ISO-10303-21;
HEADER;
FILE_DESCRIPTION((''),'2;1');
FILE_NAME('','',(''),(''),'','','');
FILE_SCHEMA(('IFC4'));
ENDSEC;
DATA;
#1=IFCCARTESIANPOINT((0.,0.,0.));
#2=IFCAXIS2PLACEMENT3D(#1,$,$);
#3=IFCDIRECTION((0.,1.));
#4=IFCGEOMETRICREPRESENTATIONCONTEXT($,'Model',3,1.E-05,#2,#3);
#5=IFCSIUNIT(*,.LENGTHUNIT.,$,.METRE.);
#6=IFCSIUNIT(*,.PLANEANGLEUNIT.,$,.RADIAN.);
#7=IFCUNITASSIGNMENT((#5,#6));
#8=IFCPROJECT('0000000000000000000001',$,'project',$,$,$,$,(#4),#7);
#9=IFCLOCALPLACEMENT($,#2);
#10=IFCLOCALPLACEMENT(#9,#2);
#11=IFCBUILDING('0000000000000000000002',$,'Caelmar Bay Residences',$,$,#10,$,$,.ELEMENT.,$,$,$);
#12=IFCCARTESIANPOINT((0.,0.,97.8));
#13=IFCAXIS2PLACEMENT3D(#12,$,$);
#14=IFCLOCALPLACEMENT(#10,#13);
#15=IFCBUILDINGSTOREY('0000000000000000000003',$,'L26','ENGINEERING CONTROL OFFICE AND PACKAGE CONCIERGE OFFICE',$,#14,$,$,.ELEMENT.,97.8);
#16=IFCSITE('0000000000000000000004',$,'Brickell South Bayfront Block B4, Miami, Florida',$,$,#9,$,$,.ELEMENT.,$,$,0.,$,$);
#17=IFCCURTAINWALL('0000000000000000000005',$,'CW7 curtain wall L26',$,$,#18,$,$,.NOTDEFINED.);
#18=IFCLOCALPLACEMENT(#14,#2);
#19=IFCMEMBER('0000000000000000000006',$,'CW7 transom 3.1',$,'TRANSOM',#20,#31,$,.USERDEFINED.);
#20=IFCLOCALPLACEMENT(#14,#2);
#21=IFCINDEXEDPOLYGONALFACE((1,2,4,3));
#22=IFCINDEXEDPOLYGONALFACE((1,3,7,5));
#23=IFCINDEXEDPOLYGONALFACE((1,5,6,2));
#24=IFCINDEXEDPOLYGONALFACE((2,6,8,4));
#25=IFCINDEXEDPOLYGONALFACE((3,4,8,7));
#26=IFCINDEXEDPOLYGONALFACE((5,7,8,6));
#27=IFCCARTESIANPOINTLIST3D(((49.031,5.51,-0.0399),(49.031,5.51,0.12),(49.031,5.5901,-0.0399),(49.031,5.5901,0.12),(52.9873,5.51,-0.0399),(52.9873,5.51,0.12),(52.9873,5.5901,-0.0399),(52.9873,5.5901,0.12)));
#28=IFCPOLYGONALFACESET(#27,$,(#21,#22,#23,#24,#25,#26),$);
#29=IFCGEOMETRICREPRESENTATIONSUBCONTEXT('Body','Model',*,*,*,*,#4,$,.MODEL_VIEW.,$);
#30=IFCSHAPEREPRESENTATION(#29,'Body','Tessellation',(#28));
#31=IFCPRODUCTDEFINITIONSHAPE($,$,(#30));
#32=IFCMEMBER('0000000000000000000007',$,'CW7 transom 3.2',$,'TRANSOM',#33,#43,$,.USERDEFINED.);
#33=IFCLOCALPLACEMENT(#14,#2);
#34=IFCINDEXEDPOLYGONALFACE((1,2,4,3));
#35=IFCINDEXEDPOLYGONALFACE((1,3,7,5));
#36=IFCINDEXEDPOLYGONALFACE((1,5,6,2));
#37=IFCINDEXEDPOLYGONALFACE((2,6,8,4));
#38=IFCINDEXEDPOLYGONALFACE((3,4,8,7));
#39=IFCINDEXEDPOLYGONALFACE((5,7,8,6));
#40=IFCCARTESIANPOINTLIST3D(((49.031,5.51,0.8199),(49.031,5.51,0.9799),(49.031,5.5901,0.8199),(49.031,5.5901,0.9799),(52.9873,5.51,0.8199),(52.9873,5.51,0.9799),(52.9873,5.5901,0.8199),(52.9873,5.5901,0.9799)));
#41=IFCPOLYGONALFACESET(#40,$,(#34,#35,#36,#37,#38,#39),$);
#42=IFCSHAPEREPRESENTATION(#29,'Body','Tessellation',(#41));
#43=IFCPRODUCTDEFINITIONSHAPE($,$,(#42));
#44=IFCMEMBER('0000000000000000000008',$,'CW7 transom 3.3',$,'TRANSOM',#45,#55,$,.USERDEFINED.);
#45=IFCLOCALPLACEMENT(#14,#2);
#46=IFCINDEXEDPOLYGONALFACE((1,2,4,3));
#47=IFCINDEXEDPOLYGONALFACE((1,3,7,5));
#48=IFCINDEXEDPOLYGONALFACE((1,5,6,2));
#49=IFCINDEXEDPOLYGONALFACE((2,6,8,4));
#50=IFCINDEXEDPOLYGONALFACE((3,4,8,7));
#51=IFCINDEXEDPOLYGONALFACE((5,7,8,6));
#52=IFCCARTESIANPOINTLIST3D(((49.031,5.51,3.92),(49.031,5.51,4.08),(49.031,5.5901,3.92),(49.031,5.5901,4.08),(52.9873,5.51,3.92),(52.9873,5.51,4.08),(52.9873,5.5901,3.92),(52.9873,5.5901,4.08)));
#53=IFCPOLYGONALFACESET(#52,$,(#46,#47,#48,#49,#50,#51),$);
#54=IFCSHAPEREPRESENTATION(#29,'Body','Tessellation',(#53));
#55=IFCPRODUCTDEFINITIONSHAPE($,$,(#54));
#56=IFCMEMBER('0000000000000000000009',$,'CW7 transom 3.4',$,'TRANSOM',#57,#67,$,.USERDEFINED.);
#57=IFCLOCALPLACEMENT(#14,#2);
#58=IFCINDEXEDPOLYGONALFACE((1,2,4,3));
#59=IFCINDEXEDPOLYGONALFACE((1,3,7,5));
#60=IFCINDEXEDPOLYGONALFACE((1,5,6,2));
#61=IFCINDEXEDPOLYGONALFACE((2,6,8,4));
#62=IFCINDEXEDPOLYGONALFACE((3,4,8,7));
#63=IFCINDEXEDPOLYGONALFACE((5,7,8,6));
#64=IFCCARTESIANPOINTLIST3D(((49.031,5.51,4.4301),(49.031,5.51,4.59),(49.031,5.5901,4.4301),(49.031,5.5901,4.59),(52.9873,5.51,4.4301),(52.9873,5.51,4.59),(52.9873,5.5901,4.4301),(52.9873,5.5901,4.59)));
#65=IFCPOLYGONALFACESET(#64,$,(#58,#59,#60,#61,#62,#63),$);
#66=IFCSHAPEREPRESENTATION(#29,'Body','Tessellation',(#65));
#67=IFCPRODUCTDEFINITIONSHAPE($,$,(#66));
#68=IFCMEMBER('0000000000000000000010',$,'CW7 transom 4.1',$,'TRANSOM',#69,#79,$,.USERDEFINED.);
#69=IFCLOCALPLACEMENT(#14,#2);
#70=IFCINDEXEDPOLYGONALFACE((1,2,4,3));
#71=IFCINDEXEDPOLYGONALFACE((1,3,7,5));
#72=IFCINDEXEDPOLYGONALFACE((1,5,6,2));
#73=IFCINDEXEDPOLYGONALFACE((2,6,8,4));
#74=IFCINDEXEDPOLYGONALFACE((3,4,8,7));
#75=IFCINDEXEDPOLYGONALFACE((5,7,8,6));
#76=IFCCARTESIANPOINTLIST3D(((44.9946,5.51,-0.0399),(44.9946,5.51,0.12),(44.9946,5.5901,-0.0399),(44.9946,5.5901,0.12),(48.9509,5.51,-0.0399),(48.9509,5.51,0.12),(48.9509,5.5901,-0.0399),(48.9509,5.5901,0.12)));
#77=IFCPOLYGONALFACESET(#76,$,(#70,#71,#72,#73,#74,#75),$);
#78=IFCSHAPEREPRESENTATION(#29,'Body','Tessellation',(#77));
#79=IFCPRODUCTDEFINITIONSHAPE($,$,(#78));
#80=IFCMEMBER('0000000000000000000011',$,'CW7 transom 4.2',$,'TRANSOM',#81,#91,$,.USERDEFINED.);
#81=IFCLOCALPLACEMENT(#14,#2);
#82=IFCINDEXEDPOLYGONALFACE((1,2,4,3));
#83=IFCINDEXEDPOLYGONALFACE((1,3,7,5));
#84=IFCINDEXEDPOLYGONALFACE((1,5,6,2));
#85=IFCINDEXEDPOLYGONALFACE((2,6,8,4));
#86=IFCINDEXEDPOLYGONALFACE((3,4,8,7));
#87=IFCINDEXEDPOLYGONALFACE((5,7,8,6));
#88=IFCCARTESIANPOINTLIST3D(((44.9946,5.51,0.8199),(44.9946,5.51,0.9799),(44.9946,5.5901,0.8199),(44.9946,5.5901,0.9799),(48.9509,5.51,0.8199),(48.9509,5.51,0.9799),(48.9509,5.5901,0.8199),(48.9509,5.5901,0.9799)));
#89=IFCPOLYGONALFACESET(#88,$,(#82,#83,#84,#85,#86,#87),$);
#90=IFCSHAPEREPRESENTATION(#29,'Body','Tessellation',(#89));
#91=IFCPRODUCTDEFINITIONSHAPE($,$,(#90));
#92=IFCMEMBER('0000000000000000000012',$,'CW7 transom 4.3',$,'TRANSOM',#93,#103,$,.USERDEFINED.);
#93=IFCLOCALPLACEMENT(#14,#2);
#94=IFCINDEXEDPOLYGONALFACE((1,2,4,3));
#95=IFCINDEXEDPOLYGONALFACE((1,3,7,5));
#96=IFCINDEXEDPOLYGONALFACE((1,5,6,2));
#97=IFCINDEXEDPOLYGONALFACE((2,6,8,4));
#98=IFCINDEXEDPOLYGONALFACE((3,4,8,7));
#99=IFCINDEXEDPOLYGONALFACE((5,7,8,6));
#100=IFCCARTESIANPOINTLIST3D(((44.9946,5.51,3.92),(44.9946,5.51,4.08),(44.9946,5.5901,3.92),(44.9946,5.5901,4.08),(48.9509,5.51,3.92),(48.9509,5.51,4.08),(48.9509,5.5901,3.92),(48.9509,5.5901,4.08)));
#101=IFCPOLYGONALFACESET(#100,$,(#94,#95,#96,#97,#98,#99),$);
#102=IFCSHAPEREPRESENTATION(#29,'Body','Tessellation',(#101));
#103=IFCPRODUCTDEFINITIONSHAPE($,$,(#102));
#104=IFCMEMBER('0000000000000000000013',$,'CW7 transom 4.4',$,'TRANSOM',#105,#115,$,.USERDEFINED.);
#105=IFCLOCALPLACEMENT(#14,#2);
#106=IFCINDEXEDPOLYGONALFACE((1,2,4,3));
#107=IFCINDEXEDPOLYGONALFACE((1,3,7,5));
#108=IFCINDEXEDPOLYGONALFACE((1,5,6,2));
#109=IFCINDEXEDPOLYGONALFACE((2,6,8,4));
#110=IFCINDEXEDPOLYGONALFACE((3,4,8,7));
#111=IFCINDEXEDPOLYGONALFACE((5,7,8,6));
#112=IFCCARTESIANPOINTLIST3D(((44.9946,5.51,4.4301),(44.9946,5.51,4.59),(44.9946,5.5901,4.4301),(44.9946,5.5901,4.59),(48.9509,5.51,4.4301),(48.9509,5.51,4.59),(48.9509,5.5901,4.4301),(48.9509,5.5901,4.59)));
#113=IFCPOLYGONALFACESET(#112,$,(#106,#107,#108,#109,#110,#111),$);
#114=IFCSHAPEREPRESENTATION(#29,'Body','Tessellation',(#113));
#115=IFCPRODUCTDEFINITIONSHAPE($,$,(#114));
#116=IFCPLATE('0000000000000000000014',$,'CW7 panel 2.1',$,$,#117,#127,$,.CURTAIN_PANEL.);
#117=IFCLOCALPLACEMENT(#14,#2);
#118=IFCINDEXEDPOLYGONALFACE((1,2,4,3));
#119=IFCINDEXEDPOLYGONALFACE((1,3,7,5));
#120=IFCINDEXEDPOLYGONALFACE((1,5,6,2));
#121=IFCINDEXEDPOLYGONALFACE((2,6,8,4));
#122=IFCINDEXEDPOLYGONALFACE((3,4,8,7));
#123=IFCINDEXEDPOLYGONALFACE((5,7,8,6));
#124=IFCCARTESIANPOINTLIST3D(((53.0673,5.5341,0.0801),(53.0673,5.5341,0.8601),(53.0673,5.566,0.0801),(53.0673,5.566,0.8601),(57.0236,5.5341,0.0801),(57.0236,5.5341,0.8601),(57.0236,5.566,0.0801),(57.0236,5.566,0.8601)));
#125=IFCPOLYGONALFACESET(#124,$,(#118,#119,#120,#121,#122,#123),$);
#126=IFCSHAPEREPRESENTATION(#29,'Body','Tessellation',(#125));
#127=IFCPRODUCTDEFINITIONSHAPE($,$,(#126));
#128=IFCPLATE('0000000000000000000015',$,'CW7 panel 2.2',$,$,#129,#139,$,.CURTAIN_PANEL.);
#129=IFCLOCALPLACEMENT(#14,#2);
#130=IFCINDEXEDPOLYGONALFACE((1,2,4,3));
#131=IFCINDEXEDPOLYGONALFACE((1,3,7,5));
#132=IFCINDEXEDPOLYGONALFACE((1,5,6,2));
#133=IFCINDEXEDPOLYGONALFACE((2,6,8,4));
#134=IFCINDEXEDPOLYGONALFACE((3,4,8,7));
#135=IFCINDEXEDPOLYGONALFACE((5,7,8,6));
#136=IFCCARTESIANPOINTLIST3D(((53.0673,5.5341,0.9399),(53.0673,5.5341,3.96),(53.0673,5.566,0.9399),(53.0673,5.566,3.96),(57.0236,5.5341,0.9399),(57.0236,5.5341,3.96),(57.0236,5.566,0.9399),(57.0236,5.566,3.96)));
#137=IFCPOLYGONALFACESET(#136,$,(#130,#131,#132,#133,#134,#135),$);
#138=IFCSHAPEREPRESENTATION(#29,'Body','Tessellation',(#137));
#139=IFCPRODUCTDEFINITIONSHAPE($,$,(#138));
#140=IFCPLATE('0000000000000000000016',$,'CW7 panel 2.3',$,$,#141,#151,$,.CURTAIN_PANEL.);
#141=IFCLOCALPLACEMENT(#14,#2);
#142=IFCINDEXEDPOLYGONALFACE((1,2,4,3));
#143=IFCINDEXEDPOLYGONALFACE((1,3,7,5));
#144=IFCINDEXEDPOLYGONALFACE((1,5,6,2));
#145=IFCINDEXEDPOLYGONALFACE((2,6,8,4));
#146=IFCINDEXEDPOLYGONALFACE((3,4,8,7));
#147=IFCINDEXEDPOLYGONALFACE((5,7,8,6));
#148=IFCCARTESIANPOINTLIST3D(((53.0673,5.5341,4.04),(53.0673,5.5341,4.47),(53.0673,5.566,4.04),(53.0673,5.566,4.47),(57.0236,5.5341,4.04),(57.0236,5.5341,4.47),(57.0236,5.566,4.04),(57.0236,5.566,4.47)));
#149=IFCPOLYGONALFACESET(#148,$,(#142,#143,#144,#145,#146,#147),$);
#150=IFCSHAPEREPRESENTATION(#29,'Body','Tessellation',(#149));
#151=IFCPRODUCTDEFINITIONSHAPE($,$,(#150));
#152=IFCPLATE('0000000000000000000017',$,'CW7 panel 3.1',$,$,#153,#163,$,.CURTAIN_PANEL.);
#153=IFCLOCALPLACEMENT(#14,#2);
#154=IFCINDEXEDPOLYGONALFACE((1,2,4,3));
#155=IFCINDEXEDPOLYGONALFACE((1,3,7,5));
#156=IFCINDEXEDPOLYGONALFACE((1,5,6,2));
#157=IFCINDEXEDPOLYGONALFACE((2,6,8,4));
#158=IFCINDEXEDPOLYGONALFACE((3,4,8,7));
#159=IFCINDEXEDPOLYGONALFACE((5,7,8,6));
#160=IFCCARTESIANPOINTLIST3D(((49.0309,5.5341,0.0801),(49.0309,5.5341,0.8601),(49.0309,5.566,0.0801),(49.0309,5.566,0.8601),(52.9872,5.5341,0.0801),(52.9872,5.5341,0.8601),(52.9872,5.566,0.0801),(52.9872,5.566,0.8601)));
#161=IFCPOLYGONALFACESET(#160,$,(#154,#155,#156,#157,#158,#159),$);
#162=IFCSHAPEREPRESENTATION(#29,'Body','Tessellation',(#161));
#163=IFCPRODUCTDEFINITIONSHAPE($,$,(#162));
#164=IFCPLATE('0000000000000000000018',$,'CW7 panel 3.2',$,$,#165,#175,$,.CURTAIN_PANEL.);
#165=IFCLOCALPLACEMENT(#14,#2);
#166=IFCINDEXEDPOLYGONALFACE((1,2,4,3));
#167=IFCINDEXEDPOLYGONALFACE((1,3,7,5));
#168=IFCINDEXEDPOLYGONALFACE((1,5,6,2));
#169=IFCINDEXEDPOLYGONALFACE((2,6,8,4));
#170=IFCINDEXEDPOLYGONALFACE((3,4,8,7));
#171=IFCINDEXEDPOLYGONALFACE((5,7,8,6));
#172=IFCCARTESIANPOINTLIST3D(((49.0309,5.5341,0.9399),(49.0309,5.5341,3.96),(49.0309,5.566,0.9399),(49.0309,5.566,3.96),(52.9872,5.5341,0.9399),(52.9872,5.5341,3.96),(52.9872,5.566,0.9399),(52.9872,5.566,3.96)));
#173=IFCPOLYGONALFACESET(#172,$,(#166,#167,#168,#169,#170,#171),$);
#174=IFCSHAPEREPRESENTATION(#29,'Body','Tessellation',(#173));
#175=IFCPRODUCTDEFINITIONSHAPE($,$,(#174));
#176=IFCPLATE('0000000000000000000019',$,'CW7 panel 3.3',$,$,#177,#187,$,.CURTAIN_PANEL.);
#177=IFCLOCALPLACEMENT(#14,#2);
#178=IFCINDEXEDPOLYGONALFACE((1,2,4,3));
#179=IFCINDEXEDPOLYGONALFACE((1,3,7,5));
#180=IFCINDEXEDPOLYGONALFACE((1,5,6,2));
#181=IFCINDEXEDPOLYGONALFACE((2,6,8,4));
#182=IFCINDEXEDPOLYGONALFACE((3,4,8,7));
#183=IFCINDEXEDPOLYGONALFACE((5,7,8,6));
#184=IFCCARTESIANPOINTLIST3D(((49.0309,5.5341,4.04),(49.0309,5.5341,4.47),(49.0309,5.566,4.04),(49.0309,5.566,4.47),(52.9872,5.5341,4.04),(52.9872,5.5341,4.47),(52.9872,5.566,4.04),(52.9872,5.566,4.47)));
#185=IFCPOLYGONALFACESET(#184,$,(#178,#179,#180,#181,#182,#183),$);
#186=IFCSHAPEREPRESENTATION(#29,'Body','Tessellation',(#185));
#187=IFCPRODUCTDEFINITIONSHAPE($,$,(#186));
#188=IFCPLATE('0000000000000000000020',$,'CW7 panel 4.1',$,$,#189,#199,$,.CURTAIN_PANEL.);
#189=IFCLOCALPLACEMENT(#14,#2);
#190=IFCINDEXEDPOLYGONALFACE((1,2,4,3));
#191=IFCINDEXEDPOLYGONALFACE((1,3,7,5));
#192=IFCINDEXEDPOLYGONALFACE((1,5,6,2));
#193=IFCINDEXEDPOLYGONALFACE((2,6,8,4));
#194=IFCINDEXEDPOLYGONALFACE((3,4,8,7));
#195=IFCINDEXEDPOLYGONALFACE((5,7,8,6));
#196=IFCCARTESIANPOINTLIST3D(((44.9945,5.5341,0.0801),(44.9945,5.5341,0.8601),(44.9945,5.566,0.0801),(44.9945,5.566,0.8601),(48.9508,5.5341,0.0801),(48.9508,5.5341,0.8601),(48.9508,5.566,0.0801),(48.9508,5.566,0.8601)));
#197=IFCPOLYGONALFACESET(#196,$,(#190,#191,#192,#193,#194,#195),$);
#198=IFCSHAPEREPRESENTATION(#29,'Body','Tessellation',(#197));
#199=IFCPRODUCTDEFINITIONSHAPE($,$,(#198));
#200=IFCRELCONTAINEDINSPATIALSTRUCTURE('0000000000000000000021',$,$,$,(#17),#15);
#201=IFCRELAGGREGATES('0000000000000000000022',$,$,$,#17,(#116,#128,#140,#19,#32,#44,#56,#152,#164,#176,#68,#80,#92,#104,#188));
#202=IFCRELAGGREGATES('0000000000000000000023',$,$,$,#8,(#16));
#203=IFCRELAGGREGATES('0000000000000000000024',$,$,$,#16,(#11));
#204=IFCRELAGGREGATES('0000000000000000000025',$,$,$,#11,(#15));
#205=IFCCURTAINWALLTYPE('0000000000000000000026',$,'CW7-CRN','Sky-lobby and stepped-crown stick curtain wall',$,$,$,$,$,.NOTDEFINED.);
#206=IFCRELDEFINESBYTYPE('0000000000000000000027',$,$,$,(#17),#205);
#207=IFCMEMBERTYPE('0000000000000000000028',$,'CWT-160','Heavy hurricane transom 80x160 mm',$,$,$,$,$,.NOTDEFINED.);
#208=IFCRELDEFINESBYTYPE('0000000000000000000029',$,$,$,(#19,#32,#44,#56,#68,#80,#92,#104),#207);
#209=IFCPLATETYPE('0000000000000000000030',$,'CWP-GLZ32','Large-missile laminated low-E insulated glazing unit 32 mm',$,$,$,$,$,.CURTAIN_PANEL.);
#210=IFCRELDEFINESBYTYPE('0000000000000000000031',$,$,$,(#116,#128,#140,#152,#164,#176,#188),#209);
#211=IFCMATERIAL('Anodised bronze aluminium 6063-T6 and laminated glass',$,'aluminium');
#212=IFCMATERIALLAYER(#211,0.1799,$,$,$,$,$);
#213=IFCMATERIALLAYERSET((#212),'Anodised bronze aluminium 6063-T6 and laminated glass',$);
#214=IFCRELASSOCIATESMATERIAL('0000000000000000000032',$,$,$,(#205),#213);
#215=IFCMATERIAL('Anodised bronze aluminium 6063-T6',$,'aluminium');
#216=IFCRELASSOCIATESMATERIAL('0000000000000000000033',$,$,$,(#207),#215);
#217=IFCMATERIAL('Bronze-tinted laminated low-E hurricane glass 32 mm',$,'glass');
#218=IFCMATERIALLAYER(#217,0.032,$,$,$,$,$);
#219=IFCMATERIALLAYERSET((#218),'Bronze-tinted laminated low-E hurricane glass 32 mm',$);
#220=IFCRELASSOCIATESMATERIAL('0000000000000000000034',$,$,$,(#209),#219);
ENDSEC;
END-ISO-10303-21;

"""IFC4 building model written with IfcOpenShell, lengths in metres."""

from ifc_helpers import new_model, si_unit, direction, frame, origin, origin_2d, place, context, subcontext, project, spatial, rectangle, extrude, material, layer, layer_set, material_profile, profile_set, type_object, element, aggregate, save


model = new_model("IFC4")

# Units and contexts
model_context = context("Model", 3, precision=1e-05, world=origin(), true_north=direction((0.0, 1.0)))
body_context = subcontext(model_context, "Body", "Model", "MODEL_VIEW")
ifc_project = project(units=[si_unit("LENGTHUNIT", "METRE"), si_unit("PLANEANGLEUNIT", "RADIAN")], contexts=[model_context])

# Site, building, storey
site_placement = place(None, origin())
site = spatial("IfcSite", under=ifc_project, at=site_placement, Name="Brickell South Bayfront Block B4, Miami, Florida", CompositionType="ELEMENT", RefElevation=0.0)
building_placement = place(site_placement, origin())
building = spatial("IfcBuilding", under=site, at=building_placement, Name="Caelmar Bay Residences", CompositionType="ELEMENT")
storey_placement = place(building_placement, frame((0.0, 0.0, 97.8)))
storey = spatial("IfcBuildingStorey", under=building, at=storey_placement, Name="L26", Description="ENGINEERING CONTROL OFFICE AND PACKAGE CONCIERGE OFFICE", CompositionType="ELEMENT", Elevation=97.8)

# Curtain wall, members, plates
ifc_material_1 = material(Name="Anodised bronze aluminium 6063-T6 and laminated glass", Category="aluminium")
ifc_layer_1 = layer(ifc_material_1, 0.1799)
ifc_layer_set_1 = layer_set([ifc_layer_1], Name="Anodised bronze aluminium 6063-T6 and laminated glass")
curtain_wall_type = type_object("IfcCurtainWallType", Name="CW7-CRN", Description="Sky-lobby and stepped-crown stick curtain wall", PredefinedType="NOTDEFINED", material=ifc_layer_set_1)
curtain_wall_placement = place(storey_placement, origin())
curtain_wall = element("IfcCurtainWall", 1, at=curtain_wall_placement, inside=storey, type_object=curtain_wall_type, Name="CW7 curtain wall L26", PredefinedType="NOTDEFINED")
ifc_material_2 = material(Name="Anodised bronze aluminium 6063-T6", Category="aluminium")
ifc_material_profile_1 = material_profile(ifc_material_2, rectangle(XDim=0.0801, YDim=0.1599, at=origin_2d()), Name="CWT-80X160")
ifc_profile_set_1 = profile_set([ifc_material_profile_1], Name="Anodised bronze aluminium 6063-T6")
member_type_1 = type_object("IfcMemberType", Name="CWT-160", Description="Heavy hurricane transom 80x160 mm", PredefinedType="NOTDEFINED", material=ifc_profile_set_1)
member_1_placement = place(storey_placement, frame((52.9873, 5.55, 0.04), z_axis=(-1.0, 0.0, 0.0), x_axis=(0.0, -1.0, 0.0)))
member_1 = element("IfcMember", 2, at=member_1_placement, type_object=member_type_1, Name="CW7 transom 3.1", ObjectType="TRANSOM", PredefinedType="USERDEFINED", context=body_context, shape_type="SweptSolid", body=[
    extrude(rectangle(XDim=0.0801, YDim=0.1599, at=origin_2d()), origin(), (0.0, 0.0, 1.0), 3.9563),
])
member_2_placement = place(storey_placement, frame((52.9873, 5.55, 0.8999), z_axis=(-1.0, 0.0, 0.0), x_axis=(0.0, -1.0, 0.0)))
member_2 = element("IfcMember", 3, at=member_2_placement, type_object=member_type_1, Name="CW7 transom 3.2", ObjectType="TRANSOM", PredefinedType="USERDEFINED", context=body_context, shape_type="SweptSolid", body=[
    extrude(rectangle(XDim=0.0801, YDim=0.1599, at=origin_2d()), origin(), (0.0, 0.0, 1.0), 3.9563),
])
member_3_placement = place(storey_placement, frame((52.9873, 5.55, 4.0), z_axis=(-1.0, 0.0, 0.0), x_axis=(0.0, -1.0, 0.0)))
member_3 = element("IfcMember", 4, at=member_3_placement, type_object=member_type_1, Name="CW7 transom 3.3", ObjectType="TRANSOM", PredefinedType="USERDEFINED", context=body_context, shape_type="SweptSolid", body=[
    extrude(rectangle(XDim=0.0801, YDim=0.1599, at=origin_2d()), origin(), (0.0, 0.0, 1.0), 3.9563),
])
member_4_placement = place(storey_placement, frame((52.9873, 5.55, 4.51), z_axis=(-1.0, 0.0, 0.0), x_axis=(0.0, -1.0, 0.0)))
member_4 = element("IfcMember", 5, at=member_4_placement, type_object=member_type_1, Name="CW7 transom 3.4", ObjectType="TRANSOM", PredefinedType="USERDEFINED", context=body_context, shape_type="SweptSolid", body=[
    extrude(rectangle(XDim=0.0801, YDim=0.1599, at=origin_2d()), origin(), (0.0, 0.0, 1.0), 3.9563),
])
member_5_placement = place(storey_placement, frame((48.9509, 5.55, 0.04), z_axis=(-1.0, 0.0, 0.0), x_axis=(0.0, -1.0, 0.0)))
member_5 = element("IfcMember", 6, at=member_5_placement, type_object=member_type_1, Name="CW7 transom 4.1", ObjectType="TRANSOM", PredefinedType="USERDEFINED", context=body_context, shape_type="SweptSolid", body=[
    extrude(rectangle(XDim=0.0801, YDim=0.1599, at=origin_2d()), origin(), (0.0, 0.0, 1.0), 3.9563),
])
member_6_placement = place(storey_placement, frame((48.9509, 5.55, 0.8999), z_axis=(-1.0, 0.0, 0.0), x_axis=(0.0, -1.0, 0.0)))
member_6 = element("IfcMember", 7, at=member_6_placement, type_object=member_type_1, Name="CW7 transom 4.2", ObjectType="TRANSOM", PredefinedType="USERDEFINED", context=body_context, shape_type="SweptSolid", body=[
    extrude(rectangle(XDim=0.0801, YDim=0.1599, at=origin_2d()), origin(), (0.0, 0.0, 1.0), 3.9563),
])
member_7_placement = place(storey_placement, frame((48.9509, 5.55, 4.0), z_axis=(-1.0, 0.0, 0.0), x_axis=(0.0, -1.0, 0.0)))
member_7 = element("IfcMember", 8, at=member_7_placement, type_object=member_type_1, Name="CW7 transom 4.3", ObjectType="TRANSOM", PredefinedType="USERDEFINED", context=body_context, shape_type="SweptSolid", body=[
    extrude(rectangle(XDim=0.0801, YDim=0.1599, at=origin_2d()), origin(), (0.0, 0.0, 1.0), 3.9563),
])
member_8_placement = place(storey_placement, frame((48.9509, 5.55, 4.51), z_axis=(-1.0, 0.0, 0.0), x_axis=(0.0, -1.0, 0.0)))
member_8 = element("IfcMember", 9, at=member_8_placement, type_object=member_type_1, Name="CW7 transom 4.4", ObjectType="TRANSOM", PredefinedType="USERDEFINED", context=body_context, shape_type="SweptSolid", body=[
    extrude(rectangle(XDim=0.0801, YDim=0.1599, at=origin_2d()), origin(), (0.0, 0.0, 1.0), 3.9563),
])
ifc_material_3 = material(Name="Bronze-tinted laminated low-E hurricane glass 32 mm", Category="glass")
ifc_layer_2 = layer(ifc_material_3, 0.032)
ifc_layer_set_2 = layer_set([ifc_layer_2], Name="Bronze-tinted laminated low-E hurricane glass 32 mm")
plate_type = type_object("IfcPlateType", Name="CWP-GLZ32", Description="Large-missile laminated low-E insulated glazing unit 32 mm", PredefinedType="CURTAIN_PANEL", material=ifc_layer_set_2)
plate_1_placement = place(storey_placement, frame((55.0454, 5.55, 0.0801), z_axis=(0.0, 0.0, 1.0), x_axis=(-1.0, 0.0, 0.0)))
plate_1 = element("IfcPlate", 10, at=plate_1_placement, type_object=plate_type, Name="CW7 panel 2.1", PredefinedType="CURTAIN_PANEL", context=body_context, shape_type="SweptSolid", body=[
    extrude(rectangle(XDim=3.9563, YDim=0.032, at=origin_2d()), origin(), (0.0, 0.0, 1.0), 0.78),
])
plate_2_placement = place(storey_placement, frame((55.0454, 5.55, 0.9399), z_axis=(0.0, 0.0, 1.0), x_axis=(-1.0, 0.0, 0.0)))
plate_2 = element("IfcPlate", 11, at=plate_2_placement, type_object=plate_type, Name="CW7 panel 2.2", PredefinedType="CURTAIN_PANEL", context=body_context, shape_type="SweptSolid", body=[
    extrude(rectangle(XDim=3.9563, YDim=0.032, at=origin_2d()), origin(), (0.0, 0.0, 1.0), 3.02),
])
plate_3_placement = place(storey_placement, frame((55.0454, 5.55, 4.04), z_axis=(0.0, 0.0, 1.0), x_axis=(-1.0, 0.0, 0.0)))
plate_3 = element("IfcPlate", 12, at=plate_3_placement, type_object=plate_type, Name="CW7 panel 2.3", PredefinedType="CURTAIN_PANEL", context=body_context, shape_type="SweptSolid", body=[
    extrude(rectangle(XDim=3.9563, YDim=0.032, at=origin_2d()), origin(), (0.0, 0.0, 1.0), 0.4299),
])
plate_4_placement = place(storey_placement, frame((51.009, 5.55, 0.0801), z_axis=(0.0, 0.0, 1.0), x_axis=(-1.0, 0.0, 0.0)))
plate_4 = element("IfcPlate", 13, at=plate_4_placement, type_object=plate_type, Name="CW7 panel 3.1", PredefinedType="CURTAIN_PANEL", context=body_context, shape_type="SweptSolid", body=[
    extrude(rectangle(XDim=3.9563, YDim=0.032, at=origin_2d()), origin(), (0.0, 0.0, 1.0), 0.78),
])
plate_5_placement = place(storey_placement, frame((51.009, 5.55, 0.9399), z_axis=(0.0, 0.0, 1.0), x_axis=(-1.0, 0.0, 0.0)))
plate_5 = element("IfcPlate", 14, at=plate_5_placement, type_object=plate_type, Name="CW7 panel 3.2", PredefinedType="CURTAIN_PANEL", context=body_context, shape_type="SweptSolid", body=[
    extrude(rectangle(XDim=3.9563, YDim=0.032, at=origin_2d()), origin(), (0.0, 0.0, 1.0), 3.02),
])
plate_6_placement = place(storey_placement, frame((51.009, 5.55, 4.04), z_axis=(0.0, 0.0, 1.0), x_axis=(-1.0, 0.0, 0.0)))
plate_6 = element("IfcPlate", 15, at=plate_6_placement, type_object=plate_type, Name="CW7 panel 3.3", PredefinedType="CURTAIN_PANEL", context=body_context, shape_type="SweptSolid", body=[
    extrude(rectangle(XDim=3.9563, YDim=0.032, at=origin_2d()), origin(), (0.0, 0.0, 1.0), 0.4299),
])
plate_7_placement = place(storey_placement, frame((46.9727, 5.55, 0.0801), z_axis=(0.0, 0.0, 1.0), x_axis=(-1.0, 0.0, 0.0)))
plate_7 = element("IfcPlate", 16, at=plate_7_placement, type_object=plate_type, Name="CW7 panel 4.1", PredefinedType="CURTAIN_PANEL", context=body_context, shape_type="SweptSolid", body=[
    extrude(rectangle(XDim=3.9563, YDim=0.032, at=origin_2d()), origin(), (0.0, 0.0, 1.0), 0.78),
])
aggregate(curtain_wall, [plate_1, plate_2, plate_3, member_1, member_2, member_3, member_4, plate_4, plate_5, plate_6, member_5, member_6, member_7, member_8, plate_7])

save(model, "model.ifc")
